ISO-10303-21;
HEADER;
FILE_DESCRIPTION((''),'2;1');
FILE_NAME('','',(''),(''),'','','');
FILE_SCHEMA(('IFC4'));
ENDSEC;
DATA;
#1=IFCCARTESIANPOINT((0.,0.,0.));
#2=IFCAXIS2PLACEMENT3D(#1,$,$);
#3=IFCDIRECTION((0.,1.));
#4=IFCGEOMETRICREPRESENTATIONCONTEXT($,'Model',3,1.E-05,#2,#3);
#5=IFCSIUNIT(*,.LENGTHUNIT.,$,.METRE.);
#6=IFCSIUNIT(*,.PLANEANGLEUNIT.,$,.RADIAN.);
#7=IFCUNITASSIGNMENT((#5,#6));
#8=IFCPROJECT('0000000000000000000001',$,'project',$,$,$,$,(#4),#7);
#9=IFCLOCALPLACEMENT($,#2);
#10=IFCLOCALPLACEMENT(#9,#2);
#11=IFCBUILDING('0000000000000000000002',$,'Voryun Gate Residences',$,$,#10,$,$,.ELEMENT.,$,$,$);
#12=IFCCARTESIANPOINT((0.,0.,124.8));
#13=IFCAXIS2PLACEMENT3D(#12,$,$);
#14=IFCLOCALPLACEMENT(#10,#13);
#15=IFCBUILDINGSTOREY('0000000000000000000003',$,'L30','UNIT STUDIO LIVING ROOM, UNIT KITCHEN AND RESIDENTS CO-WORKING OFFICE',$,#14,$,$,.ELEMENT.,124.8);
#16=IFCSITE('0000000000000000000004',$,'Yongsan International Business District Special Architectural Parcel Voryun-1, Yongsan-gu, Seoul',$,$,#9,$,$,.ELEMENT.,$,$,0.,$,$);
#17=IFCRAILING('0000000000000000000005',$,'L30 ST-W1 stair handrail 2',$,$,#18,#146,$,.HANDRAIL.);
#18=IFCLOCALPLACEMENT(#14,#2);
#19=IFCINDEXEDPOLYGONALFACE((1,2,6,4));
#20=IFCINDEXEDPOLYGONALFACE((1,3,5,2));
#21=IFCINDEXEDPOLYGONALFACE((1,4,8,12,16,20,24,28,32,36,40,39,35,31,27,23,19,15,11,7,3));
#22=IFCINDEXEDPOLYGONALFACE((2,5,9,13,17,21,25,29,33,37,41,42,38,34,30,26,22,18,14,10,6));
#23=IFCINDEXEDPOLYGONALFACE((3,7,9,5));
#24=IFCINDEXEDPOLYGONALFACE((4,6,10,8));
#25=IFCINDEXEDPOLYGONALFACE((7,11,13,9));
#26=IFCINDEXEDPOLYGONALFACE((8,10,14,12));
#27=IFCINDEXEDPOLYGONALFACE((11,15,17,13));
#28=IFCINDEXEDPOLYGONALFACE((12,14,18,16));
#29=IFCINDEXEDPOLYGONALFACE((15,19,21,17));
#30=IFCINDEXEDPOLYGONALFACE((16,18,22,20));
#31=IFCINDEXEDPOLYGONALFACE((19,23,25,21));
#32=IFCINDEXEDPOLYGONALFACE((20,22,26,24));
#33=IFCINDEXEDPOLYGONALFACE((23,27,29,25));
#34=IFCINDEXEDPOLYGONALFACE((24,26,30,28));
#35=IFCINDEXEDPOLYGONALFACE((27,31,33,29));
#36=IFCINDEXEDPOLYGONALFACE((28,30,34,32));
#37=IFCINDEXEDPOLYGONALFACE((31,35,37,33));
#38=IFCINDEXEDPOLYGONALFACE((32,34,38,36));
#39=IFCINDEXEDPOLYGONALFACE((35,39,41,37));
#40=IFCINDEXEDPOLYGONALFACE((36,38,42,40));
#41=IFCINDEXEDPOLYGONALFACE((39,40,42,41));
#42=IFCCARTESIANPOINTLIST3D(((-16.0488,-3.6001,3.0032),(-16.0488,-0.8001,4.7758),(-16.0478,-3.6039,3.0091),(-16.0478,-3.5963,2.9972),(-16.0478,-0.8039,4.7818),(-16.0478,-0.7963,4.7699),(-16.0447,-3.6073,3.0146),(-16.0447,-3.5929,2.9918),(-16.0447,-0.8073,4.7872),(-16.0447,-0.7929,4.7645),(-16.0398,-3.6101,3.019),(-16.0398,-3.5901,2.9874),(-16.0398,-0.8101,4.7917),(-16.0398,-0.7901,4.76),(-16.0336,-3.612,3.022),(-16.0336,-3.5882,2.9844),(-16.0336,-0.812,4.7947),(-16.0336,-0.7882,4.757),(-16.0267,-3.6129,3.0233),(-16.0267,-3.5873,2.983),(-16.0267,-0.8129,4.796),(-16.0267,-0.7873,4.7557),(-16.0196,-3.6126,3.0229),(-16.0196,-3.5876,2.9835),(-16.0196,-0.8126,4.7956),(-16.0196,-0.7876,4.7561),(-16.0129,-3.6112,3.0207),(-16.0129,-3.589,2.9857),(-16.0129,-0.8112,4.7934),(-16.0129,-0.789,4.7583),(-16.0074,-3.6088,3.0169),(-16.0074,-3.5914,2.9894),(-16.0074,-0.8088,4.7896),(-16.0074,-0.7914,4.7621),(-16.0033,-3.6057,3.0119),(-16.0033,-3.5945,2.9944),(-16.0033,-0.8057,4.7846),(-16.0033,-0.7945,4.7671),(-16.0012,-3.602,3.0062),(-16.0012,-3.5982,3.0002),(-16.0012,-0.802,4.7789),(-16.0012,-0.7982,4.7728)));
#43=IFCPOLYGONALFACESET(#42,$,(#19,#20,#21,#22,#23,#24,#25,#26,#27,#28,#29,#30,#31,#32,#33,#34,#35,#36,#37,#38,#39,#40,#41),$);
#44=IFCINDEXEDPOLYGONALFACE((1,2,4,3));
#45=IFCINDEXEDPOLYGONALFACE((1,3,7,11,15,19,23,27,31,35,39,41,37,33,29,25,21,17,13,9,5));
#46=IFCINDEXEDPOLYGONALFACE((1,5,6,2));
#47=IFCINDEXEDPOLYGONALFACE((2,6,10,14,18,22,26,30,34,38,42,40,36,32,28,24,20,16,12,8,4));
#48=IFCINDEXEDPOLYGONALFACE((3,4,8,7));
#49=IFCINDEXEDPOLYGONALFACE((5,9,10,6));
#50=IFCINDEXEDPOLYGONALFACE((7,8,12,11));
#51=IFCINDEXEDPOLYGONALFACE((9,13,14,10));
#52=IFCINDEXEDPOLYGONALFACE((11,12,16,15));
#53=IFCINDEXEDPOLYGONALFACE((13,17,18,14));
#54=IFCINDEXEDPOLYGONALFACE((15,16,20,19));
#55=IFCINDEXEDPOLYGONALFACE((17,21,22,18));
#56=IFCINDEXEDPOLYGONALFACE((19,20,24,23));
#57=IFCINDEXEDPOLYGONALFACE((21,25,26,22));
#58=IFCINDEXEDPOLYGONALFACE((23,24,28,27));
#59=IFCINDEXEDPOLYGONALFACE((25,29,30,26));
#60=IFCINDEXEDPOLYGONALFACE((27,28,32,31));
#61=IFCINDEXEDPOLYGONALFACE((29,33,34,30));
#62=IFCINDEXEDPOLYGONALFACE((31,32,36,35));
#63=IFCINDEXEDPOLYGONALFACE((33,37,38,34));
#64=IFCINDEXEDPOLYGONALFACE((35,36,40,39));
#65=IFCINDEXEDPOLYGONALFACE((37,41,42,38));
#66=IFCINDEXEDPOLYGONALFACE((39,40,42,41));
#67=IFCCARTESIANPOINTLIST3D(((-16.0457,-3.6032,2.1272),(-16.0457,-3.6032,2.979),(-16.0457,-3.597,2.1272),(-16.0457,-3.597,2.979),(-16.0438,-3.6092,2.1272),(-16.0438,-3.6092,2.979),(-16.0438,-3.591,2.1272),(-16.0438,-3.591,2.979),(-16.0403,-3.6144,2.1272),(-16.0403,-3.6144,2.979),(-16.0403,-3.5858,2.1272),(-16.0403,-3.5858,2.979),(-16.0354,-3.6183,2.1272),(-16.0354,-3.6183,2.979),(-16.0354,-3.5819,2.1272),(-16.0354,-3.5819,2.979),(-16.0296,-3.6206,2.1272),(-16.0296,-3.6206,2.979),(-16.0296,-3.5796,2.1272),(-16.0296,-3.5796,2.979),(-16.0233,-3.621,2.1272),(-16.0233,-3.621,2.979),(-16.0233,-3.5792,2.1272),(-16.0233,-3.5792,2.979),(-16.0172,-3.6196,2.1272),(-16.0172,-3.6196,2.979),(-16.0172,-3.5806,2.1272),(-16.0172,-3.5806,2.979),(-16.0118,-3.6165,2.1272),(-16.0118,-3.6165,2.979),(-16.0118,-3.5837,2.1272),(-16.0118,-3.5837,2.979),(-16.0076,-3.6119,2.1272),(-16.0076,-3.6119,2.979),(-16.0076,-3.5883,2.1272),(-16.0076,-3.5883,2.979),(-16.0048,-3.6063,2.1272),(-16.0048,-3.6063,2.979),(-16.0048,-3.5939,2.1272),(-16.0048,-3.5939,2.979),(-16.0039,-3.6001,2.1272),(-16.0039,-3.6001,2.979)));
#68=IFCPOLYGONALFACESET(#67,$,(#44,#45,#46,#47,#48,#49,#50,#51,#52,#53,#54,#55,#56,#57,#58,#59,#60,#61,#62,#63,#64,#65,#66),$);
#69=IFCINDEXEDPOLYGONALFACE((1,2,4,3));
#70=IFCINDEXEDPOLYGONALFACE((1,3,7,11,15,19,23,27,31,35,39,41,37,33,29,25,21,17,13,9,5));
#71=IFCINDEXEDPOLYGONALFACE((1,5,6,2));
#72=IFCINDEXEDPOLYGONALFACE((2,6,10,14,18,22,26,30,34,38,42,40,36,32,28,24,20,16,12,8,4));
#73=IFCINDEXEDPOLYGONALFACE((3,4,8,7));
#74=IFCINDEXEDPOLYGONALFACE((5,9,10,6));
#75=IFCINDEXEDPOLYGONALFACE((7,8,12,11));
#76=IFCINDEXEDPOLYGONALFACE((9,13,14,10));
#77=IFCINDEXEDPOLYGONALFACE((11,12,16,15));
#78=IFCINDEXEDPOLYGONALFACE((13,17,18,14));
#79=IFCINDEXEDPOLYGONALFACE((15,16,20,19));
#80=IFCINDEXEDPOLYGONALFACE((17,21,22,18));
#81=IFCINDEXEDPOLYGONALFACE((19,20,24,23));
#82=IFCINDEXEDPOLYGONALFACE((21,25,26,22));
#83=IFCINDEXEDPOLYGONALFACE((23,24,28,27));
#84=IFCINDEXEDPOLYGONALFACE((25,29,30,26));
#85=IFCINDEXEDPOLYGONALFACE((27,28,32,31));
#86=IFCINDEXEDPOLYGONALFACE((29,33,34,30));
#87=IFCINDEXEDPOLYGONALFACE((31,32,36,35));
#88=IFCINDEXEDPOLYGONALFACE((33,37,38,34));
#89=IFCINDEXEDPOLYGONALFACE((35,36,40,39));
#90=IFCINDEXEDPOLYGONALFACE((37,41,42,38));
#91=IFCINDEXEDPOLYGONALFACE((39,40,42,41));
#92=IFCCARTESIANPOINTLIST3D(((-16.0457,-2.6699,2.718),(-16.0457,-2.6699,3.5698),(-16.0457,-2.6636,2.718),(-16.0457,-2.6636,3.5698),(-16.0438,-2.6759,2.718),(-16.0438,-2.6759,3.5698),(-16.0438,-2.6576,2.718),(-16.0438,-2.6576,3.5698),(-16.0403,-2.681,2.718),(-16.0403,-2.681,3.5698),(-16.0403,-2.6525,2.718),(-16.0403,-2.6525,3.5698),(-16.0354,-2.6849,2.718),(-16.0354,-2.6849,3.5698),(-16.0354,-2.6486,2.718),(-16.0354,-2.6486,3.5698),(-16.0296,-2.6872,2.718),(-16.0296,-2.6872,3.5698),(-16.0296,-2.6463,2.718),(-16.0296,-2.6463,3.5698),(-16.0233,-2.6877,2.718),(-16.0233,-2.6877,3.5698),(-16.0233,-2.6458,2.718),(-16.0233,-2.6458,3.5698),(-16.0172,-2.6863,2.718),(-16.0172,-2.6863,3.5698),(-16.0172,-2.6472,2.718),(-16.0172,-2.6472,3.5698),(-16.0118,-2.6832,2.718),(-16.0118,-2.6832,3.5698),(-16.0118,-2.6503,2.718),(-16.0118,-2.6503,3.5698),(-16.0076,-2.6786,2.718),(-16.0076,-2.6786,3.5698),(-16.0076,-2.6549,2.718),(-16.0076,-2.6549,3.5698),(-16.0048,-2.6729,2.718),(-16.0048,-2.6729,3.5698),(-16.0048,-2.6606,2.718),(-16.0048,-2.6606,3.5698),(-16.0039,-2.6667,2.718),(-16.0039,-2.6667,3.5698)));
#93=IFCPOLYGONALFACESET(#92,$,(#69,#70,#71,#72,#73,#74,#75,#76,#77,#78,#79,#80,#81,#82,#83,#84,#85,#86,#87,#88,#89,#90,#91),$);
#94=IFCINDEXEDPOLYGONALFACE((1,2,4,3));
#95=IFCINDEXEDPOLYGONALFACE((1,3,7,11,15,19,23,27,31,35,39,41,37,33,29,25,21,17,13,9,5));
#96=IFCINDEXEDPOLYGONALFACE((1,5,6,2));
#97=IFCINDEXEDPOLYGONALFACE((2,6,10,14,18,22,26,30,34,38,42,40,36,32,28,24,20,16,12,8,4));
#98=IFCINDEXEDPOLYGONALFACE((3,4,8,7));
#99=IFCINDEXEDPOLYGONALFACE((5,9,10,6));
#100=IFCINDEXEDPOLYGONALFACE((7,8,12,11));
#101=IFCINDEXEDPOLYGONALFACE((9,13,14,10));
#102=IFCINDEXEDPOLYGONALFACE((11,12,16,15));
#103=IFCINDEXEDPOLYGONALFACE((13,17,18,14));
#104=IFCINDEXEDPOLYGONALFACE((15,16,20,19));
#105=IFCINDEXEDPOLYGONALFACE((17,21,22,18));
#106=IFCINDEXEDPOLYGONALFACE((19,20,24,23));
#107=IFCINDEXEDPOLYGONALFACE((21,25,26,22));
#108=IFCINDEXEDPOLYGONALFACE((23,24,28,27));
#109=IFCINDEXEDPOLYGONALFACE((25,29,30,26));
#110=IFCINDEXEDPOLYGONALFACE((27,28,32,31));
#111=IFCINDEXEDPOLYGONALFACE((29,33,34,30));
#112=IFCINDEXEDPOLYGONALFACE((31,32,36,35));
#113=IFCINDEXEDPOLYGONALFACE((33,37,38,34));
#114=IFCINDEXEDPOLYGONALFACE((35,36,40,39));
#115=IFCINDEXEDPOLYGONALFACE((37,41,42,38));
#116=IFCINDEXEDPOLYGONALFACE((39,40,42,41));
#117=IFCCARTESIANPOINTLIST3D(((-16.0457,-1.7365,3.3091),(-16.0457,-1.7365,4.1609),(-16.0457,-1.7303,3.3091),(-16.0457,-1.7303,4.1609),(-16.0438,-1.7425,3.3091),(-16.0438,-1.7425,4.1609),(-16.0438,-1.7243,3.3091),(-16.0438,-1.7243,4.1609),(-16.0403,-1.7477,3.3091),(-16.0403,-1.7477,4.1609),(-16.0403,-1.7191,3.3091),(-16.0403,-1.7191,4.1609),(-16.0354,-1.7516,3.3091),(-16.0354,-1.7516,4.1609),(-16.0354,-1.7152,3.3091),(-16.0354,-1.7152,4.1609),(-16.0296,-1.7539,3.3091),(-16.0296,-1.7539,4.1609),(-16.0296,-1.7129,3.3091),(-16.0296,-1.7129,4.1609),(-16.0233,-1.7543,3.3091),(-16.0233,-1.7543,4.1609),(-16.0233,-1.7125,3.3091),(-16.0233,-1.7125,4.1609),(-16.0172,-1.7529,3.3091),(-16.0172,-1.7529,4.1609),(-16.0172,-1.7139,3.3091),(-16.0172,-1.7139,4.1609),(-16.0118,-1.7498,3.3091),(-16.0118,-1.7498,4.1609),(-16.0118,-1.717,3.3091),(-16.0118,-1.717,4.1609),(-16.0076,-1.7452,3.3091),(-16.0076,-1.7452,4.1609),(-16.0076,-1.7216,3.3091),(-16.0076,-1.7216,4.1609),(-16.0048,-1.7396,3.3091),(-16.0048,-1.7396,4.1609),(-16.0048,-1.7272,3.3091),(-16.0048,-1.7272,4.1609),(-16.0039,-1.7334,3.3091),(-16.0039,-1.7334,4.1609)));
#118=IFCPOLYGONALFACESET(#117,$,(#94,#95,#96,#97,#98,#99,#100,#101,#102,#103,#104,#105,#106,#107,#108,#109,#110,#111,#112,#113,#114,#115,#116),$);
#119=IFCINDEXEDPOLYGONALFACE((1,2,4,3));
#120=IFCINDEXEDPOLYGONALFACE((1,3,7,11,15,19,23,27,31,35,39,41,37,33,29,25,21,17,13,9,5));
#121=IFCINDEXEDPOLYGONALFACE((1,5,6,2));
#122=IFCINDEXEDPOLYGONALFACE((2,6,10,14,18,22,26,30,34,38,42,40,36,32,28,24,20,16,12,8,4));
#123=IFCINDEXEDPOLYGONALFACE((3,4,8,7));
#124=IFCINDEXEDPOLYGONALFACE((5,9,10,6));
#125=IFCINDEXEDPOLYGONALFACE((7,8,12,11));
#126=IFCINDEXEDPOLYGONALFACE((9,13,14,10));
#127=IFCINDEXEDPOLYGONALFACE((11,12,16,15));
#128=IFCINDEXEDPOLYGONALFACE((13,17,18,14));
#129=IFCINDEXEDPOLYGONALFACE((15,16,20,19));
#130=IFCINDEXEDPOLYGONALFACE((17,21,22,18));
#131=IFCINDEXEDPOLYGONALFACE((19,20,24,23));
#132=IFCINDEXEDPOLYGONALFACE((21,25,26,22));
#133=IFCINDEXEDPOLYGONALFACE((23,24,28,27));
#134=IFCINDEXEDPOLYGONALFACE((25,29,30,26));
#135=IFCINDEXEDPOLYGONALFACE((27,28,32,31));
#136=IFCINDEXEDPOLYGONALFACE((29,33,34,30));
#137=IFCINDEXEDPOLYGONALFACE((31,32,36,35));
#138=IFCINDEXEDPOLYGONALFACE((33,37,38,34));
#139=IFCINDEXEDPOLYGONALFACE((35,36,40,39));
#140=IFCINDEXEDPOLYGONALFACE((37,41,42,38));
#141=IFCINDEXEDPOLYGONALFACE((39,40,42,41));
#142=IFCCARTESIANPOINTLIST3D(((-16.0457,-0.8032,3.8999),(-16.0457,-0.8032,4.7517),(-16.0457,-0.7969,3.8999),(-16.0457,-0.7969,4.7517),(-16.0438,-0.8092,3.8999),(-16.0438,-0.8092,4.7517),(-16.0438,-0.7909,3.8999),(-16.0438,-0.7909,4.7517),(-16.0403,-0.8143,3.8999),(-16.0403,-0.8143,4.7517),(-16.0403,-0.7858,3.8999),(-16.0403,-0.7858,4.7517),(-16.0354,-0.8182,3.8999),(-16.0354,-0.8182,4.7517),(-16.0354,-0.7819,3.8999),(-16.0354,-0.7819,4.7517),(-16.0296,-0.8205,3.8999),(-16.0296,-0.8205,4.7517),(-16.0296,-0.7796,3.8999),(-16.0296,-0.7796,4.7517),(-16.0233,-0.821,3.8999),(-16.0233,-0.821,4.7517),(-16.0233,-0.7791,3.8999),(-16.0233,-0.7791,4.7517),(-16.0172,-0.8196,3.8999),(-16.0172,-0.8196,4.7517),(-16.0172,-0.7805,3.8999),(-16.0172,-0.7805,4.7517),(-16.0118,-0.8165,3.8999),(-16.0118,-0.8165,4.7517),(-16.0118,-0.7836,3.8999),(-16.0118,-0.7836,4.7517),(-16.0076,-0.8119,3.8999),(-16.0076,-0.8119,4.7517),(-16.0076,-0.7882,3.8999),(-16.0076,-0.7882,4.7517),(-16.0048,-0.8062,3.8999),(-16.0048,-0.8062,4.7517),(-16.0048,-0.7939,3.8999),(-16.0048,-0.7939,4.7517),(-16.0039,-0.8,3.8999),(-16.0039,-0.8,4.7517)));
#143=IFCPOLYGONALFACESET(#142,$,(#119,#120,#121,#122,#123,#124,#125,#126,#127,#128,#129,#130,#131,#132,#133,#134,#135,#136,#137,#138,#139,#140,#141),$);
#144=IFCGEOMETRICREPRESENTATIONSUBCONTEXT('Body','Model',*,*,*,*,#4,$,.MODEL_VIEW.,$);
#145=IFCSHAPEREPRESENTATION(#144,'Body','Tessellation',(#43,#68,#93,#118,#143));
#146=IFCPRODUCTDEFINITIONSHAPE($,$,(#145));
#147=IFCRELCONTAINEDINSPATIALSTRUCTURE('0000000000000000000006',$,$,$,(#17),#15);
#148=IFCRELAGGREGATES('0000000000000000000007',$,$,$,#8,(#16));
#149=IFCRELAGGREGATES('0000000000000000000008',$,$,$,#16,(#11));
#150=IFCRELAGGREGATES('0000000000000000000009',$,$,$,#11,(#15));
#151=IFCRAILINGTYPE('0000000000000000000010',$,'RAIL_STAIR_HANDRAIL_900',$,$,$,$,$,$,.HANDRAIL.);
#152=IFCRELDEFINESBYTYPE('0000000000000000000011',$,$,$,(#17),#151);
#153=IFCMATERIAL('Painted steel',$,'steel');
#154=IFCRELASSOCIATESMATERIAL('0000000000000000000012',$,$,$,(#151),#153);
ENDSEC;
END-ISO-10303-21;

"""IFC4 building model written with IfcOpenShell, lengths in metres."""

from ifc_helpers import new_model, si_unit, direction, frame, origin, origin_2d, place, context, subcontext, project, spatial, circle, extrude, material, type_object, element, save


model = new_model("IFC4")

# Units and contexts
model_context = context("Model", 3, precision=1e-05, world=origin(), true_north=direction((0.0, 1.0)))
body_context = subcontext(model_context, "Body", "Model", "MODEL_VIEW")
ifc_project = project(units=[si_unit("LENGTHUNIT", "METRE"), si_unit("PLANEANGLEUNIT", "RADIAN")], contexts=[model_context])

# Site, building, storey
site_placement = place(None, origin())
site = spatial("IfcSite", under=ifc_project, at=site_placement, Name="Yongsan International Business District Special Architectural Parcel Voryun-1, Yongsan-gu, Seoul", CompositionType="ELEMENT", RefElevation=0.0)
building_placement = place(site_placement, origin())
building = spatial("IfcBuilding", under=site, at=building_placement, Name="Voryun Gate Residences", CompositionType="ELEMENT")
storey_placement = place(building_placement, frame((0.0, 0.0, 124.8)))
storey = spatial("IfcBuildingStorey", under=building, at=storey_placement, Name="L30", Description="UNIT STUDIO LIVING ROOM, UNIT KITCHEN AND RESIDENTS CO-WORKING OFFICE", CompositionType="ELEMENT", Elevation=124.8)

# Railing
ifc_material_1 = material(Name="Painted steel", Category="steel")
railing_type_1 = type_object("IfcRailingType", Name="RAIL_STAIR_HANDRAIL_900", PredefinedType="HANDRAIL", material=ifc_material_1)
railing_1_placement = place(storey_placement, frame((-16.0249, -3.6001, 2.1272)))
element("IfcRailing", 1, at=railing_1_placement, inside=storey, type_object=railing_type_1, Name="L30 ST-W1 stair handrail 2", PredefinedType="HANDRAIL", context=body_context, shape_type="SweptSolid", body=[
    extrude(circle(Radius=0.0239, at=origin_2d()), frame((0.0, 0.0, 0.876), z_axis=(0.0, 0.844909, 0.53491), x_axis=(-1.0, 0.0, 0.0)), (0.0, 0.0, 1.0), 3.314),
    extrude(circle(Radius=0.021, at=origin_2d()), origin(), (0.0, 0.0, 1.0), 0.8518),
    extrude(circle(Radius=0.021, at=origin_2d()), frame((0.0, 0.9333, 0.5908)), (0.0, 0.0, 1.0), 0.8518),
    extrude(circle(Radius=0.021, at=origin_2d()), frame((0.0, 1.8667, 1.1819)), (0.0, 0.0, 1.0), 0.8518),
    extrude(circle(Radius=0.021, at=origin_2d()), frame((0.0, 2.8, 1.7727)), (0.0, 0.0, 1.0), 0.8518),
])

save(model, "model.ifc")
